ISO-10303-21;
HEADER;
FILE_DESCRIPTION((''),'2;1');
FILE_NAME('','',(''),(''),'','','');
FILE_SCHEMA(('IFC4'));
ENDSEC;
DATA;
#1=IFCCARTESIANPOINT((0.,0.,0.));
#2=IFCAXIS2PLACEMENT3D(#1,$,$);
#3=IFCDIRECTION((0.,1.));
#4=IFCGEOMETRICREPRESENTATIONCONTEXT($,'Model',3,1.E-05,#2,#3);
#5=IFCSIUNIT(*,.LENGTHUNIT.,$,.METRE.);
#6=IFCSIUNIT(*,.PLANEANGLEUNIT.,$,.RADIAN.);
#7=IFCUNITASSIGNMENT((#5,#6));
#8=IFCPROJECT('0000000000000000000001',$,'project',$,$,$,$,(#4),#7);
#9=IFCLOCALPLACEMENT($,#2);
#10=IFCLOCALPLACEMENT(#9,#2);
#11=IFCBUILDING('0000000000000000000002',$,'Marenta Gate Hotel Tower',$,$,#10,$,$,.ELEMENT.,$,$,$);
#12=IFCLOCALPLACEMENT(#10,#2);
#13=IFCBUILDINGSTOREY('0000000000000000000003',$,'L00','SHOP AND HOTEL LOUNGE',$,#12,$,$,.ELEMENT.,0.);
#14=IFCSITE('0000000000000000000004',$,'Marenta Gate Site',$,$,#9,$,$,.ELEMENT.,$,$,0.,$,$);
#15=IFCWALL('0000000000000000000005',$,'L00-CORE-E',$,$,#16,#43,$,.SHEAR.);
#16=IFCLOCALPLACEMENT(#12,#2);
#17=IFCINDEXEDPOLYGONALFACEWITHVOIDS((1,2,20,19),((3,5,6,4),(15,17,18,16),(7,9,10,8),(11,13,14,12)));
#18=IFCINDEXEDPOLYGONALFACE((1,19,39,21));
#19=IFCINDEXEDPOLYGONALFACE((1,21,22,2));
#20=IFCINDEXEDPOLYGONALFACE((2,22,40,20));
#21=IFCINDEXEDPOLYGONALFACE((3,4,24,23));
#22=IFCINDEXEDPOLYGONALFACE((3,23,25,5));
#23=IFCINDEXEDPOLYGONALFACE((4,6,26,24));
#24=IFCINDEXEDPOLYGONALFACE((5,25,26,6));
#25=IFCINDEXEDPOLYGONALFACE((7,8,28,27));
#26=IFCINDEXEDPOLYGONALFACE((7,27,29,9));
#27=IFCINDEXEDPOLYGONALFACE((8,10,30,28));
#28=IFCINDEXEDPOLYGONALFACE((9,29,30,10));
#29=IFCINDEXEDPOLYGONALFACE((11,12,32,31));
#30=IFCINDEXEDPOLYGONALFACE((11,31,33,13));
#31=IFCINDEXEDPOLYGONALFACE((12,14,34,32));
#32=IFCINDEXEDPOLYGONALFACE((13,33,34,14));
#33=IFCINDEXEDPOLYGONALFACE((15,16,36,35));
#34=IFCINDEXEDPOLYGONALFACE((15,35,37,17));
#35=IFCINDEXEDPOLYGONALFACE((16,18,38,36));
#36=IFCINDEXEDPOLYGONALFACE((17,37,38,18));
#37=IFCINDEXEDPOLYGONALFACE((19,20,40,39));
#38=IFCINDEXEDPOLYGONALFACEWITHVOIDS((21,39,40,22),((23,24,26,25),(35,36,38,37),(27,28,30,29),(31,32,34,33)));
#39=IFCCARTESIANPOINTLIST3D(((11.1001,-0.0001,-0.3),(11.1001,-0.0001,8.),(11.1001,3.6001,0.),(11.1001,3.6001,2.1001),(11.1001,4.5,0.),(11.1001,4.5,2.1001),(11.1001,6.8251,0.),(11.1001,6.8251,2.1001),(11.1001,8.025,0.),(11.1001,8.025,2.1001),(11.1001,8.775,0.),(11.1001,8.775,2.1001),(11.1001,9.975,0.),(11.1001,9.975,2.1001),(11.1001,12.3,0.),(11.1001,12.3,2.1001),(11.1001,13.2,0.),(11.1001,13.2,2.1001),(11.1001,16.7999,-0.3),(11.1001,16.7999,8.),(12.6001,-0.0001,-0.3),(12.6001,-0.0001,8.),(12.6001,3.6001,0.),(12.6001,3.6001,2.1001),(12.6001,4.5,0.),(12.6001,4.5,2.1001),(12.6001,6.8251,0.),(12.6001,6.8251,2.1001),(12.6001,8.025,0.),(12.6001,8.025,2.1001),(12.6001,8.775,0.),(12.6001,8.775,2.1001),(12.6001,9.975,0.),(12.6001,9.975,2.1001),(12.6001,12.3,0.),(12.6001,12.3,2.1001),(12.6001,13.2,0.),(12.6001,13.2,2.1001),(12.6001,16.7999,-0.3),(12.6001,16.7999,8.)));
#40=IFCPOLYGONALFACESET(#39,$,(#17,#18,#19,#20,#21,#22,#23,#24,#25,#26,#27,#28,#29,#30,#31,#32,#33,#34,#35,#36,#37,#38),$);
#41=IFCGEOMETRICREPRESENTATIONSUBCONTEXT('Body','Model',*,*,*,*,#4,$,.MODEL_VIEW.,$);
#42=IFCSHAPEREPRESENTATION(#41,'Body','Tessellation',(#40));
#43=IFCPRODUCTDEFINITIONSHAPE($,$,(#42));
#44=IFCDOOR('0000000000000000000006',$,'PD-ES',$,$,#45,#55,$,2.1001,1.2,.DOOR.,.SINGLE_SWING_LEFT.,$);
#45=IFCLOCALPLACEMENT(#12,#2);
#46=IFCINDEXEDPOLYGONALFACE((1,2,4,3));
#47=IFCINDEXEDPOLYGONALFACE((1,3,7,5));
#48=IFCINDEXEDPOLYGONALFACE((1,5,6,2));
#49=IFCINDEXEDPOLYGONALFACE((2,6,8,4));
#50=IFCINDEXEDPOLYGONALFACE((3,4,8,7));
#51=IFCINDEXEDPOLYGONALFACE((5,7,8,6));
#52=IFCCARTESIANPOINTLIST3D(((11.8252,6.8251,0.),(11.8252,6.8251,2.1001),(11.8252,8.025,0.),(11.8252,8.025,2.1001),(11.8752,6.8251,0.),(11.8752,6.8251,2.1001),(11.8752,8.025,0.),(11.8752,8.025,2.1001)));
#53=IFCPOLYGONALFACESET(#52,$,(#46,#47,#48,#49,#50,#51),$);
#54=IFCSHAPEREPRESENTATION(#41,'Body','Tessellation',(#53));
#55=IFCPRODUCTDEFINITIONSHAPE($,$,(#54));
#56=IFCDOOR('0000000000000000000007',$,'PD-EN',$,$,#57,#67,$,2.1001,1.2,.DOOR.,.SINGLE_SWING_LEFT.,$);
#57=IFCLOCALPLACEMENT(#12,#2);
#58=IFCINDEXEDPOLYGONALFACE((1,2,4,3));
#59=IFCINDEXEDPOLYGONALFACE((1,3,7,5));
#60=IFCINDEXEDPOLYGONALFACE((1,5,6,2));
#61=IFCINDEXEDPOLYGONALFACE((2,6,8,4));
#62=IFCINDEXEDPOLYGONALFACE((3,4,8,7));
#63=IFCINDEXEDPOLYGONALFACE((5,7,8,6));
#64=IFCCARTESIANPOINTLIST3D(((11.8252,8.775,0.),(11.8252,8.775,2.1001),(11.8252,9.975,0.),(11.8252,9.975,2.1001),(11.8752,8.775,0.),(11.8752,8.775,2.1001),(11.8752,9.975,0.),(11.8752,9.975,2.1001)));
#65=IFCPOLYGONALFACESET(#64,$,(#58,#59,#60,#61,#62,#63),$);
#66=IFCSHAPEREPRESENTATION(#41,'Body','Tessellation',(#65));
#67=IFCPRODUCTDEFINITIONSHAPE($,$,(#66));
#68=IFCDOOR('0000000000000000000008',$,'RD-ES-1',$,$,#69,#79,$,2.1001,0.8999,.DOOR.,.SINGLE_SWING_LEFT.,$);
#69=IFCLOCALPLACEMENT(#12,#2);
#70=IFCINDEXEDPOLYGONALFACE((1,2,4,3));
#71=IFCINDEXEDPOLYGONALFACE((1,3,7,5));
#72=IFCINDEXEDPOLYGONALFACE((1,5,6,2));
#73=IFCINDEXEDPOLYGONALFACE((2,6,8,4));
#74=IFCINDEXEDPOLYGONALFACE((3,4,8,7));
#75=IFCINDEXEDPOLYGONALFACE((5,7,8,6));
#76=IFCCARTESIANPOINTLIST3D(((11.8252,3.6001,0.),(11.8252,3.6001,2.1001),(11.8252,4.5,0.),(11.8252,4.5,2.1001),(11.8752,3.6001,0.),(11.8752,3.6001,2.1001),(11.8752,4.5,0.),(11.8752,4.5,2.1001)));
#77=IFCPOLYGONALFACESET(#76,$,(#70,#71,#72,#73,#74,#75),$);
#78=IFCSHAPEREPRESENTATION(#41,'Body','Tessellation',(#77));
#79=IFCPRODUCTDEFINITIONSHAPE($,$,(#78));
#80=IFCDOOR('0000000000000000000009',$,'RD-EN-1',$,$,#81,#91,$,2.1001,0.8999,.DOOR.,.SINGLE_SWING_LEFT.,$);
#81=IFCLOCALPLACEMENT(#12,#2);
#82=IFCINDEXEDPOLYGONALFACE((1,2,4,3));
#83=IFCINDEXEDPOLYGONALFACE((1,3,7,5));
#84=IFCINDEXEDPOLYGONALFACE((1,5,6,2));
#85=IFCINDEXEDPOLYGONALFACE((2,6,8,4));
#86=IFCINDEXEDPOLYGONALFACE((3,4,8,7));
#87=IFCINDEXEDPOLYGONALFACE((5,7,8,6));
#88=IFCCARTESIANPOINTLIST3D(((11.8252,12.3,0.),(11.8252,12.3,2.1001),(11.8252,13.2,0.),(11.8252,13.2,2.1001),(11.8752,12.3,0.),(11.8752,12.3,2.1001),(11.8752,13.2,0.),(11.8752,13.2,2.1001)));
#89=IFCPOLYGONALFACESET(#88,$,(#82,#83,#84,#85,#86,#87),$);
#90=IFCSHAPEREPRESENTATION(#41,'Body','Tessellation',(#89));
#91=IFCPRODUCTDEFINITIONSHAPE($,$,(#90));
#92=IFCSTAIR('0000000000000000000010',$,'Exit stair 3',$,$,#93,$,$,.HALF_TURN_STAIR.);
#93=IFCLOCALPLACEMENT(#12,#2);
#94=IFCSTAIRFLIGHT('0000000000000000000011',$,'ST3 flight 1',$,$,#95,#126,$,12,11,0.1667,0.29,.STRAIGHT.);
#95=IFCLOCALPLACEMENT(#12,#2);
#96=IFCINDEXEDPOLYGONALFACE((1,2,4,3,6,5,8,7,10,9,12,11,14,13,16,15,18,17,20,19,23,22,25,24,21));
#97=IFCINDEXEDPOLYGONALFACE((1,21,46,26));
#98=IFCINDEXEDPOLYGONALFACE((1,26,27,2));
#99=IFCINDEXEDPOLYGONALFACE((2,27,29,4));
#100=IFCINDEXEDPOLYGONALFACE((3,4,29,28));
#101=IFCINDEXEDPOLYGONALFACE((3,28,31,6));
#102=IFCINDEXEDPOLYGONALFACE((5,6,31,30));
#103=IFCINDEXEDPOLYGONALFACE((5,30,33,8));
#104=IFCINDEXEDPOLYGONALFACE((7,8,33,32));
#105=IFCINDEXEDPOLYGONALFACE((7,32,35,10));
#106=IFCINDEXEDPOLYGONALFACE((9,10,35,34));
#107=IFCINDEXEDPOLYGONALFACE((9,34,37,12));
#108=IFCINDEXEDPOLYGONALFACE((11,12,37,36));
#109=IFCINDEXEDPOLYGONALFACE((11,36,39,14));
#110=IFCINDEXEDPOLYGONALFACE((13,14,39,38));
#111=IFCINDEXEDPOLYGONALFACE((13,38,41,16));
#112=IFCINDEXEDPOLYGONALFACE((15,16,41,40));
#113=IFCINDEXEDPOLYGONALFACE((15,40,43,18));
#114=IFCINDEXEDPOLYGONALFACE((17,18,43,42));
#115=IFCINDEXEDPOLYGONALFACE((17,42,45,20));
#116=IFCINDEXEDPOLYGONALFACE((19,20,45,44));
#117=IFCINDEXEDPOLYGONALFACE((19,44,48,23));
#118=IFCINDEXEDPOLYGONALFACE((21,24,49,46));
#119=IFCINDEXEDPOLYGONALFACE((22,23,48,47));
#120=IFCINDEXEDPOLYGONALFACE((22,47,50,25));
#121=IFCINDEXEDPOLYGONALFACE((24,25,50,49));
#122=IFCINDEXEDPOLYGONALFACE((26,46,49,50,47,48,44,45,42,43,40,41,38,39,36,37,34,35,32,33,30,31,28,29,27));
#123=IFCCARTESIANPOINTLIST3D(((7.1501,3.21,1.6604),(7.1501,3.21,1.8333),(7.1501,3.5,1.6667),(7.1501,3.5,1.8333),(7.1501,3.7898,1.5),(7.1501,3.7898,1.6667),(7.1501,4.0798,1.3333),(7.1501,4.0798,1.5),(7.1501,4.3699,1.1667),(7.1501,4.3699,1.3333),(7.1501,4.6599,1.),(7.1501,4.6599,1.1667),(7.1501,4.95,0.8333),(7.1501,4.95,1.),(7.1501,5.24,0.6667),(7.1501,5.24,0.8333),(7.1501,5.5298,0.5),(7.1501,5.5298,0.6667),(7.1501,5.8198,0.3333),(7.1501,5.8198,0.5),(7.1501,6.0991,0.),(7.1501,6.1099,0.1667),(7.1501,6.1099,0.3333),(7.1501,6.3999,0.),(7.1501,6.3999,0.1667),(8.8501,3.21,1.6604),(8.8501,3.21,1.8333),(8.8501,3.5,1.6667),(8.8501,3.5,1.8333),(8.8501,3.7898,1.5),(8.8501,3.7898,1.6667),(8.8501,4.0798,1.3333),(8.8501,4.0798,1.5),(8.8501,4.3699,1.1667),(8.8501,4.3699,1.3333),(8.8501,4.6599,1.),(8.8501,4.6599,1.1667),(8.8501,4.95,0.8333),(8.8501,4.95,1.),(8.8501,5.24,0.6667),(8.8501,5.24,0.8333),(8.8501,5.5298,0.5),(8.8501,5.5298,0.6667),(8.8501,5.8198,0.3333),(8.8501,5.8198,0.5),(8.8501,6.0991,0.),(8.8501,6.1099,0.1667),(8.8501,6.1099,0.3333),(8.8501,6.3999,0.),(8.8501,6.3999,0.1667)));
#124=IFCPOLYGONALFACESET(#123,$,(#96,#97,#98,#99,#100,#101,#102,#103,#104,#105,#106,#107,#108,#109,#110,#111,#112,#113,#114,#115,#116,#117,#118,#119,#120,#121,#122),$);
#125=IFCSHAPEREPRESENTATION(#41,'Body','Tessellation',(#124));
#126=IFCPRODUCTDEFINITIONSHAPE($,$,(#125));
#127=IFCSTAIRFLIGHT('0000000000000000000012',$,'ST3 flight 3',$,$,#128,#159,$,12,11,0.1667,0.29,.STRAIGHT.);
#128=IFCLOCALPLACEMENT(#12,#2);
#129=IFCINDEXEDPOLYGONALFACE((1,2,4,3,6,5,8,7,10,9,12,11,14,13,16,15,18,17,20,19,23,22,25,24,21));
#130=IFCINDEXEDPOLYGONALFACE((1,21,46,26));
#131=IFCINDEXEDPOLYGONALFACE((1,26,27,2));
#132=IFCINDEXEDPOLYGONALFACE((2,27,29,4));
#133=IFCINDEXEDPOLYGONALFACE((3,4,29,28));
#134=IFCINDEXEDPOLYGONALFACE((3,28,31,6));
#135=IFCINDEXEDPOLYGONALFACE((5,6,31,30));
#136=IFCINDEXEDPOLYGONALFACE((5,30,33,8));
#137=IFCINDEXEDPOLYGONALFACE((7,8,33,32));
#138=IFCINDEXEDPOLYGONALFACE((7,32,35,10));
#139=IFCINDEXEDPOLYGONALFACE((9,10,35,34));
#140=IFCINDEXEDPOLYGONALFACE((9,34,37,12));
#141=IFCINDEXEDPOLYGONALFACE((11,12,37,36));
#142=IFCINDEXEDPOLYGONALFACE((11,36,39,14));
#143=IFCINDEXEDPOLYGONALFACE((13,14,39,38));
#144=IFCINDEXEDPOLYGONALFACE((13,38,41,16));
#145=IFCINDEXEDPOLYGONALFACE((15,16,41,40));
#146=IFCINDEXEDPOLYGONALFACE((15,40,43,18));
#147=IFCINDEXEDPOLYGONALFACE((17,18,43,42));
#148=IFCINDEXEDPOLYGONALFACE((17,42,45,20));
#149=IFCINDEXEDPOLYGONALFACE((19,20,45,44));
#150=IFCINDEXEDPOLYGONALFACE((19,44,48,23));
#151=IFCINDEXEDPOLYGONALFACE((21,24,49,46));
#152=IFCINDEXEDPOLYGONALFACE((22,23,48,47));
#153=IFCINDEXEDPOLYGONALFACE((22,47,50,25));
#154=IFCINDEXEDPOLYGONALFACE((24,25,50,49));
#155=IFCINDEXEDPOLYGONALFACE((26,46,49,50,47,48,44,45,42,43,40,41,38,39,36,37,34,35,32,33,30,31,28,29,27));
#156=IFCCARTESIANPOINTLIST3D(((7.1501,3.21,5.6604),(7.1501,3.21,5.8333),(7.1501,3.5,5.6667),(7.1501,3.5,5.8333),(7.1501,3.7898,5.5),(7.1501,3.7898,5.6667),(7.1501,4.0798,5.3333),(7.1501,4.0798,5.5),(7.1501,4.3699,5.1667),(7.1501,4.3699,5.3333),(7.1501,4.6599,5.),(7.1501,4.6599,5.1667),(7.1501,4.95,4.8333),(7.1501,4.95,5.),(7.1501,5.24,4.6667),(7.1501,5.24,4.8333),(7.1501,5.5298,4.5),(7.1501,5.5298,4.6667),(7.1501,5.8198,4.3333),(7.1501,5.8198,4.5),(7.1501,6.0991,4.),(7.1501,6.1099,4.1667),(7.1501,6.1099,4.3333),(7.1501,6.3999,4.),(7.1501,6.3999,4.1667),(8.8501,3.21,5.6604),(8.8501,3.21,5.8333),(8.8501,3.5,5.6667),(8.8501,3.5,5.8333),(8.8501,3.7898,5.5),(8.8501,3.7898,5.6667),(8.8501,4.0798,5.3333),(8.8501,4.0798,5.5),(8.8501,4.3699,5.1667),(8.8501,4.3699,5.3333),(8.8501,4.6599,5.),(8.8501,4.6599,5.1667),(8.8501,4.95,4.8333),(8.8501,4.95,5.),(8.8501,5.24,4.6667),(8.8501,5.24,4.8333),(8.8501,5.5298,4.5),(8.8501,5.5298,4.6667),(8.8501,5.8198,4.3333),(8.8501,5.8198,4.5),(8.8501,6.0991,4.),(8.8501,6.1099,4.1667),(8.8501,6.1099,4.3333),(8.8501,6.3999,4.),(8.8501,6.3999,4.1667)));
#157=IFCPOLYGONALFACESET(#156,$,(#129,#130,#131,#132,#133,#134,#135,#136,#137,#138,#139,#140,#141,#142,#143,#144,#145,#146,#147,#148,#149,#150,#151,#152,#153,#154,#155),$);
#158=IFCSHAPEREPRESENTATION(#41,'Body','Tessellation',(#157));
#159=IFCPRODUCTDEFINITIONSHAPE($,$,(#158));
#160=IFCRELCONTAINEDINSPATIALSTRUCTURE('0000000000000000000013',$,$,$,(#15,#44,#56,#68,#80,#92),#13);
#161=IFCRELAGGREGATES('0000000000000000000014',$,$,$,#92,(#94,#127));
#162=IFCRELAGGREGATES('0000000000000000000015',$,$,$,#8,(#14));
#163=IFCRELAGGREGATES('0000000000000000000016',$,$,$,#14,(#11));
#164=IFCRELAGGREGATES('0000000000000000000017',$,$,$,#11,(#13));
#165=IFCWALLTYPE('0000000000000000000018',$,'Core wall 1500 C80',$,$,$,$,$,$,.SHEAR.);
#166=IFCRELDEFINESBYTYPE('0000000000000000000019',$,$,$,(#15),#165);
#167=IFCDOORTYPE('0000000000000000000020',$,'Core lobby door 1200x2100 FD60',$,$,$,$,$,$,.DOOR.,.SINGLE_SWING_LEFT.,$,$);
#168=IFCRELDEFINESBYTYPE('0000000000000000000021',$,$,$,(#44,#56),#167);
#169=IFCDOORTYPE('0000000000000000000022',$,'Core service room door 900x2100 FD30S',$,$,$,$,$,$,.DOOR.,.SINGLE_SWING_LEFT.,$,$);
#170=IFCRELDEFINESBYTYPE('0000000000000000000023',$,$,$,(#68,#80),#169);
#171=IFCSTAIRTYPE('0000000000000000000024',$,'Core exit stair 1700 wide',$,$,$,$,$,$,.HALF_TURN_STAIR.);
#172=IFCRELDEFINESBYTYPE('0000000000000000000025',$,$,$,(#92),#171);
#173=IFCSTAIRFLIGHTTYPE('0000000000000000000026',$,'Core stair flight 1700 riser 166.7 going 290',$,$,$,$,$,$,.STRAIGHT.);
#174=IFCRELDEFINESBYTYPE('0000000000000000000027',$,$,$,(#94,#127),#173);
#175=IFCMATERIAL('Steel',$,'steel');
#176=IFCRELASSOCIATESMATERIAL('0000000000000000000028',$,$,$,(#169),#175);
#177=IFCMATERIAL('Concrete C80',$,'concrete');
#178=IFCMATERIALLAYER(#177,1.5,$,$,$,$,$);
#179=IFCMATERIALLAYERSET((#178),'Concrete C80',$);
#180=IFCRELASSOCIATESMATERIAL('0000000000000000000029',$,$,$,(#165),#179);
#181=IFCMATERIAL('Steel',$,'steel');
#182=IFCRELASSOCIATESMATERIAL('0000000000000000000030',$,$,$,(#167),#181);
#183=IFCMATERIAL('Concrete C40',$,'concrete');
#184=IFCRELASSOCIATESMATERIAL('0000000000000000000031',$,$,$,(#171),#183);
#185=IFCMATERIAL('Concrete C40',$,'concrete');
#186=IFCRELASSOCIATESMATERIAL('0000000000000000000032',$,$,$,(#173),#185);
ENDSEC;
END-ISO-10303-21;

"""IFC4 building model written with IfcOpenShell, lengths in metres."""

from ifc_helpers import new_model, si_unit, direction, frame, frame_2d, origin, place, context, subcontext, project, spatial, polyline, rectangle, outline, extrude, material, layer, layer_set, type_object, element, fill, aggregate, save


model = new_model("IFC4")

# Units and contexts
model_context = context("Model", 3, precision=1e-05, world=origin(), true_north=direction((0.0, 1.0)))
body_context = subcontext(model_context, "Body", "Model", "MODEL_VIEW")
ifc_project = project(units=[si_unit("LENGTHUNIT", "METRE"), si_unit("PLANEANGLEUNIT", "RADIAN")], contexts=[model_context])

# Site, building, storey
site_placement = place(None, origin())
site = spatial("IfcSite", under=ifc_project, at=site_placement, Name="Marenta Gate Site", CompositionType="ELEMENT", RefElevation=0.0)
building_placement = place(site_placement, origin())
building = spatial("IfcBuilding", under=site, at=building_placement, Name="Marenta Gate Hotel Tower", CompositionType="ELEMENT")
storey_placement = place(building_placement, origin())
storey = spatial("IfcBuildingStorey", under=building, at=storey_placement, Name="L00", Description="SHOP AND HOTEL LOUNGE", CompositionType="ELEMENT", Elevation=0.0)

# Shared definitions
ifc_material_1 = material(Name="Steel", Category="steel")
door_type_1 = type_object("IfcDoorType", Name="Core service room door 900x2100 FD30S", OperationType="SINGLE_SWING_LEFT", PredefinedType="DOOR", material=ifc_material_1)

# Wall, openings, doors
ifc_material_2 = material(Name="Concrete C80", Category="concrete")
ifc_layer_1 = layer(ifc_material_2, 1.5)
ifc_layer_set_1 = layer_set([ifc_layer_1], Name="Concrete C80")
wall_type_1 = type_object("IfcWallType", Name="Core wall 1500 C80", PredefinedType="SHEAR", material=ifc_layer_set_1)
wall_1_placement = place(storey_placement, frame((11.8501, 0.0, -0.3), z_axis=(0.0, 0.0, 1.0), x_axis=(0.0, 1.0, 0.0)))
wall_1 = element("IfcWall", 1, at=wall_1_placement, inside=storey, type_object=wall_type_1, Name="L00-CORE-E", PredefinedType="SHEAR", context=body_context, shape_type="SweptSolid", body=[
    extrude(rectangle(XDim=16.8, YDim=1.5, at=frame_2d((8.3999, 0.0))), origin(), (0.0, 0.0, 1.0), 8.3),
])
opening_1_placement = place(wall_1_placement, frame((3.6001, 0.0, 0.3)))
opening_1 = element("IfcOpeningElement", 2, at=opening_1_placement, cuts=wall_1, PredefinedType="OPENING", context=body_context, shape_type="SweptSolid", body=[
    extrude(rectangle(XDim=0.8999, YDim=2.1001, at=frame_2d((0.45, 1.05))), frame((0.0, 0.75, 0.0), z_axis=(0.0, -1.0, 0.0), x_axis=(1.0, 0.0, 0.0)), (0.0, 0.0, 1.0), 1.5),
])
opening_2_placement = place(wall_1_placement, frame((6.825, 0.0, 0.3)))
opening_2 = element("IfcOpeningElement", 3, at=opening_2_placement, cuts=wall_1, PredefinedType="OPENING", context=body_context, shape_type="SweptSolid", body=[
    extrude(rectangle(XDim=1.2, YDim=2.1001, at=frame_2d((0.6001, 1.05))), frame((0.0, 0.75, 0.0), z_axis=(0.0, -1.0, 0.0), x_axis=(1.0, 0.0, 0.0)), (0.0, 0.0, 1.0), 1.5),
])
opening_3_placement = place(wall_1_placement, frame((12.3, 0.0, 0.3)))
opening_3 = element("IfcOpeningElement", 4, at=opening_3_placement, cuts=wall_1, PredefinedType="OPENING", context=body_context, shape_type="SweptSolid", body=[
    extrude(rectangle(XDim=0.8999, YDim=2.1001, at=frame_2d((0.45, 1.05))), frame((0.0, 0.75, 0.0), z_axis=(0.0, -1.0, 0.0), x_axis=(1.0, 0.0, 0.0)), (0.0, 0.0, 1.0), 1.5),
])
opening_4_placement = place(wall_1_placement, frame((8.7749, 0.0, 0.3)))
opening_4 = element("IfcOpeningElement", 5, at=opening_4_placement, cuts=wall_1, PredefinedType="OPENING", context=body_context, shape_type="SweptSolid", body=[
    extrude(rectangle(XDim=1.2, YDim=2.1001, at=frame_2d((0.6001, 1.05))), frame((0.0, 0.75, 0.0), z_axis=(0.0, -1.0, 0.0), x_axis=(1.0, 0.0, 0.0)), (0.0, 0.0, 1.0), 1.5),
])
ifc_material_3 = material(Name="Steel", Category="steel")
door_type_2 = type_object("IfcDoorType", Name="Core lobby door 1200x2100 FD60", OperationType="SINGLE_SWING_LEFT", PredefinedType="DOOR", material=ifc_material_3)
door_1_placement = place(opening_2_placement, origin())
door_1 = element("IfcDoor", 6, at=door_1_placement, inside=storey, type_object=door_type_2, Name="PD-ES", OperationType="SINGLE_SWING_LEFT", OverallHeight=2.1001, OverallWidth=1.2, PredefinedType="DOOR", context=body_context, shape_type="SweptSolid", body=[
    extrude(rectangle(XDim=1.2, YDim=2.1001, at=frame_2d((0.6001, 1.05))), frame((0.0, 0.0249, 0.0), z_axis=(0.0, -1.0, 0.0), x_axis=(1.0, 0.0, 0.0)), (0.0, 0.0, 1.0), 0.05),
])
fill(opening_2, door_1)
door_2_placement = place(opening_4_placement, origin())
door_2 = element("IfcDoor", 7, at=door_2_placement, inside=storey, type_object=door_type_2, Name="PD-EN", OperationType="SINGLE_SWING_LEFT", OverallHeight=2.1001, OverallWidth=1.2, PredefinedType="DOOR", context=body_context, shape_type="SweptSolid", body=[
    extrude(rectangle(XDim=1.2, YDim=2.1001, at=frame_2d((0.6001, 1.05))), frame((0.0, 0.0249, 0.0), z_axis=(0.0, -1.0, 0.0), x_axis=(1.0, 0.0, 0.0)), (0.0, 0.0, 1.0), 0.05),
])
fill(opening_4, door_2)
door_3_placement = place(opening_1_placement, origin())
door_3 = element("IfcDoor", 8, at=door_3_placement, inside=storey, type_object=door_type_1, Name="RD-ES-1", OperationType="SINGLE_SWING_LEFT", OverallHeight=2.1001, OverallWidth=0.8999, PredefinedType="DOOR", context=body_context, shape_type="SweptSolid", body=[
    extrude(rectangle(XDim=0.8999, YDim=2.1001, at=frame_2d((0.45, 1.05))), frame((0.0, 0.0249, 0.0), z_axis=(0.0, -1.0, 0.0), x_axis=(1.0, 0.0, 0.0)), (0.0, 0.0, 1.0), 0.05),
])
fill(opening_1, door_3)
door_4_placement = place(opening_3_placement, origin())
door_4 = element("IfcDoor", 9, at=door_4_placement, inside=storey, type_object=door_type_1, Name="RD-EN-1", OperationType="SINGLE_SWING_LEFT", OverallHeight=2.1001, OverallWidth=0.8999, PredefinedType="DOOR", context=body_context, shape_type="SweptSolid", body=[
    extrude(rectangle(XDim=0.8999, YDim=2.1001, at=frame_2d((0.45, 1.05))), frame((0.0, 0.0249, 0.0), z_axis=(0.0, -1.0, 0.0), x_axis=(1.0, 0.0, 0.0)), (0.0, 0.0, 1.0), 0.05),
])
fill(opening_3, door_4)

# Stair, stair flights
ifc_material_4 = material(Name="Concrete C40", Category="concrete")
stair_type = type_object("IfcStairType", Name="Core exit stair 1700 wide", PredefinedType="HALF_TURN_STAIR", material=ifc_material_4)
stair_placement = place(storey_placement, origin())
stair = element("IfcStair", 10, at=stair_placement, inside=storey, type_object=stair_type, Name="Exit stair 3", PredefinedType="HALF_TURN_STAIR")
ifc_material_5 = material(Name="Concrete C40", Category="concrete")
stair_flight_type = type_object("IfcStairFlightType", Name="Core stair flight 1700 riser 166.7 going 290", PredefinedType="STRAIGHT", material=ifc_material_5)
stair_flight_1_placement = place(storey_placement, frame((8.0, 6.3999, 0.0), z_axis=(0.0, 0.0, 1.0), x_axis=(0.0, -1.0, 0.0)))
stair_flight_1 = element("IfcStairFlight", 11, at=stair_flight_1_placement, type_object=stair_flight_type, Name="ST3 flight 1", NumberOfRisers=12, NumberOfTreads=11, PredefinedType="STRAIGHT", RiserHeight=0.1667, TreadLength=0.29, context=body_context, shape_type="SweptSolid", body=[
    extrude(outline(polyline([(0.0, 0.0), (0.0, 0.1667), (0.29, 0.1667), (0.29, 0.3333), (0.5801, 0.3333), (0.5801, 0.5), (0.8701, 0.5), (0.8701, 0.6667), (1.1599, 0.6667), (1.1599, 0.8333), (1.45, 0.8333), (1.45, 1.0), (1.74, 1.0), (1.74, 1.1667), (2.03, 1.1667), (2.03, 1.3333), (2.3201, 1.3333), (2.3201, 1.5), (2.6101, 1.5), (2.6101, 1.6667), (2.8999, 1.6667), (2.8999, 1.8333), (3.1899, 1.8333), (3.1899, 2.0), (3.1899, 1.6604), (0.3008, 0.0), (0.0, 0.0)])), frame((0.0, 0.8501, 0.0), z_axis=(0.0, -1.0, 0.0), x_axis=(1.0, 0.0, 0.0)), (0.0, 0.0, 1.0), 1.7),
])
stair_flight_2_placement = place(storey_placement, frame((8.0, 6.3999, 4.0), z_axis=(0.0, 0.0, 1.0), x_axis=(0.0, -1.0, 0.0)))
stair_flight_2 = element("IfcStairFlight", 12, at=stair_flight_2_placement, type_object=stair_flight_type, Name="ST3 flight 3", NumberOfRisers=12, NumberOfTreads=11, PredefinedType="STRAIGHT", RiserHeight=0.1667, TreadLength=0.29, context=body_context, shape_type="SweptSolid", body=[
    extrude(outline(polyline([(0.0, 0.0), (0.0, 0.1667), (0.29, 0.1667), (0.29, 0.3333), (0.5801, 0.3333), (0.5801, 0.5), (0.8701, 0.5), (0.8701, 0.6667), (1.1599, 0.6667), (1.1599, 0.8333), (1.45, 0.8333), (1.45, 1.0), (1.74, 1.0), (1.74, 1.1667), (2.03, 1.1667), (2.03, 1.3333), (2.3201, 1.3333), (2.3201, 1.5), (2.6101, 1.5), (2.6101, 1.6667), (2.8999, 1.6667), (2.8999, 1.8333), (3.1899, 1.8333), (3.1899, 2.0), (3.1899, 1.6604), (0.3008, 0.0), (0.0, 0.0)])), frame((0.0, 0.8501, 0.0), z_axis=(0.0, -1.0, 0.0), x_axis=(1.0, 0.0, 0.0)), (0.0, 0.0, 1.0), 1.7),
])
aggregate(stair, [stair_flight_1, stair_flight_2])

save(model, "model.ifc")
